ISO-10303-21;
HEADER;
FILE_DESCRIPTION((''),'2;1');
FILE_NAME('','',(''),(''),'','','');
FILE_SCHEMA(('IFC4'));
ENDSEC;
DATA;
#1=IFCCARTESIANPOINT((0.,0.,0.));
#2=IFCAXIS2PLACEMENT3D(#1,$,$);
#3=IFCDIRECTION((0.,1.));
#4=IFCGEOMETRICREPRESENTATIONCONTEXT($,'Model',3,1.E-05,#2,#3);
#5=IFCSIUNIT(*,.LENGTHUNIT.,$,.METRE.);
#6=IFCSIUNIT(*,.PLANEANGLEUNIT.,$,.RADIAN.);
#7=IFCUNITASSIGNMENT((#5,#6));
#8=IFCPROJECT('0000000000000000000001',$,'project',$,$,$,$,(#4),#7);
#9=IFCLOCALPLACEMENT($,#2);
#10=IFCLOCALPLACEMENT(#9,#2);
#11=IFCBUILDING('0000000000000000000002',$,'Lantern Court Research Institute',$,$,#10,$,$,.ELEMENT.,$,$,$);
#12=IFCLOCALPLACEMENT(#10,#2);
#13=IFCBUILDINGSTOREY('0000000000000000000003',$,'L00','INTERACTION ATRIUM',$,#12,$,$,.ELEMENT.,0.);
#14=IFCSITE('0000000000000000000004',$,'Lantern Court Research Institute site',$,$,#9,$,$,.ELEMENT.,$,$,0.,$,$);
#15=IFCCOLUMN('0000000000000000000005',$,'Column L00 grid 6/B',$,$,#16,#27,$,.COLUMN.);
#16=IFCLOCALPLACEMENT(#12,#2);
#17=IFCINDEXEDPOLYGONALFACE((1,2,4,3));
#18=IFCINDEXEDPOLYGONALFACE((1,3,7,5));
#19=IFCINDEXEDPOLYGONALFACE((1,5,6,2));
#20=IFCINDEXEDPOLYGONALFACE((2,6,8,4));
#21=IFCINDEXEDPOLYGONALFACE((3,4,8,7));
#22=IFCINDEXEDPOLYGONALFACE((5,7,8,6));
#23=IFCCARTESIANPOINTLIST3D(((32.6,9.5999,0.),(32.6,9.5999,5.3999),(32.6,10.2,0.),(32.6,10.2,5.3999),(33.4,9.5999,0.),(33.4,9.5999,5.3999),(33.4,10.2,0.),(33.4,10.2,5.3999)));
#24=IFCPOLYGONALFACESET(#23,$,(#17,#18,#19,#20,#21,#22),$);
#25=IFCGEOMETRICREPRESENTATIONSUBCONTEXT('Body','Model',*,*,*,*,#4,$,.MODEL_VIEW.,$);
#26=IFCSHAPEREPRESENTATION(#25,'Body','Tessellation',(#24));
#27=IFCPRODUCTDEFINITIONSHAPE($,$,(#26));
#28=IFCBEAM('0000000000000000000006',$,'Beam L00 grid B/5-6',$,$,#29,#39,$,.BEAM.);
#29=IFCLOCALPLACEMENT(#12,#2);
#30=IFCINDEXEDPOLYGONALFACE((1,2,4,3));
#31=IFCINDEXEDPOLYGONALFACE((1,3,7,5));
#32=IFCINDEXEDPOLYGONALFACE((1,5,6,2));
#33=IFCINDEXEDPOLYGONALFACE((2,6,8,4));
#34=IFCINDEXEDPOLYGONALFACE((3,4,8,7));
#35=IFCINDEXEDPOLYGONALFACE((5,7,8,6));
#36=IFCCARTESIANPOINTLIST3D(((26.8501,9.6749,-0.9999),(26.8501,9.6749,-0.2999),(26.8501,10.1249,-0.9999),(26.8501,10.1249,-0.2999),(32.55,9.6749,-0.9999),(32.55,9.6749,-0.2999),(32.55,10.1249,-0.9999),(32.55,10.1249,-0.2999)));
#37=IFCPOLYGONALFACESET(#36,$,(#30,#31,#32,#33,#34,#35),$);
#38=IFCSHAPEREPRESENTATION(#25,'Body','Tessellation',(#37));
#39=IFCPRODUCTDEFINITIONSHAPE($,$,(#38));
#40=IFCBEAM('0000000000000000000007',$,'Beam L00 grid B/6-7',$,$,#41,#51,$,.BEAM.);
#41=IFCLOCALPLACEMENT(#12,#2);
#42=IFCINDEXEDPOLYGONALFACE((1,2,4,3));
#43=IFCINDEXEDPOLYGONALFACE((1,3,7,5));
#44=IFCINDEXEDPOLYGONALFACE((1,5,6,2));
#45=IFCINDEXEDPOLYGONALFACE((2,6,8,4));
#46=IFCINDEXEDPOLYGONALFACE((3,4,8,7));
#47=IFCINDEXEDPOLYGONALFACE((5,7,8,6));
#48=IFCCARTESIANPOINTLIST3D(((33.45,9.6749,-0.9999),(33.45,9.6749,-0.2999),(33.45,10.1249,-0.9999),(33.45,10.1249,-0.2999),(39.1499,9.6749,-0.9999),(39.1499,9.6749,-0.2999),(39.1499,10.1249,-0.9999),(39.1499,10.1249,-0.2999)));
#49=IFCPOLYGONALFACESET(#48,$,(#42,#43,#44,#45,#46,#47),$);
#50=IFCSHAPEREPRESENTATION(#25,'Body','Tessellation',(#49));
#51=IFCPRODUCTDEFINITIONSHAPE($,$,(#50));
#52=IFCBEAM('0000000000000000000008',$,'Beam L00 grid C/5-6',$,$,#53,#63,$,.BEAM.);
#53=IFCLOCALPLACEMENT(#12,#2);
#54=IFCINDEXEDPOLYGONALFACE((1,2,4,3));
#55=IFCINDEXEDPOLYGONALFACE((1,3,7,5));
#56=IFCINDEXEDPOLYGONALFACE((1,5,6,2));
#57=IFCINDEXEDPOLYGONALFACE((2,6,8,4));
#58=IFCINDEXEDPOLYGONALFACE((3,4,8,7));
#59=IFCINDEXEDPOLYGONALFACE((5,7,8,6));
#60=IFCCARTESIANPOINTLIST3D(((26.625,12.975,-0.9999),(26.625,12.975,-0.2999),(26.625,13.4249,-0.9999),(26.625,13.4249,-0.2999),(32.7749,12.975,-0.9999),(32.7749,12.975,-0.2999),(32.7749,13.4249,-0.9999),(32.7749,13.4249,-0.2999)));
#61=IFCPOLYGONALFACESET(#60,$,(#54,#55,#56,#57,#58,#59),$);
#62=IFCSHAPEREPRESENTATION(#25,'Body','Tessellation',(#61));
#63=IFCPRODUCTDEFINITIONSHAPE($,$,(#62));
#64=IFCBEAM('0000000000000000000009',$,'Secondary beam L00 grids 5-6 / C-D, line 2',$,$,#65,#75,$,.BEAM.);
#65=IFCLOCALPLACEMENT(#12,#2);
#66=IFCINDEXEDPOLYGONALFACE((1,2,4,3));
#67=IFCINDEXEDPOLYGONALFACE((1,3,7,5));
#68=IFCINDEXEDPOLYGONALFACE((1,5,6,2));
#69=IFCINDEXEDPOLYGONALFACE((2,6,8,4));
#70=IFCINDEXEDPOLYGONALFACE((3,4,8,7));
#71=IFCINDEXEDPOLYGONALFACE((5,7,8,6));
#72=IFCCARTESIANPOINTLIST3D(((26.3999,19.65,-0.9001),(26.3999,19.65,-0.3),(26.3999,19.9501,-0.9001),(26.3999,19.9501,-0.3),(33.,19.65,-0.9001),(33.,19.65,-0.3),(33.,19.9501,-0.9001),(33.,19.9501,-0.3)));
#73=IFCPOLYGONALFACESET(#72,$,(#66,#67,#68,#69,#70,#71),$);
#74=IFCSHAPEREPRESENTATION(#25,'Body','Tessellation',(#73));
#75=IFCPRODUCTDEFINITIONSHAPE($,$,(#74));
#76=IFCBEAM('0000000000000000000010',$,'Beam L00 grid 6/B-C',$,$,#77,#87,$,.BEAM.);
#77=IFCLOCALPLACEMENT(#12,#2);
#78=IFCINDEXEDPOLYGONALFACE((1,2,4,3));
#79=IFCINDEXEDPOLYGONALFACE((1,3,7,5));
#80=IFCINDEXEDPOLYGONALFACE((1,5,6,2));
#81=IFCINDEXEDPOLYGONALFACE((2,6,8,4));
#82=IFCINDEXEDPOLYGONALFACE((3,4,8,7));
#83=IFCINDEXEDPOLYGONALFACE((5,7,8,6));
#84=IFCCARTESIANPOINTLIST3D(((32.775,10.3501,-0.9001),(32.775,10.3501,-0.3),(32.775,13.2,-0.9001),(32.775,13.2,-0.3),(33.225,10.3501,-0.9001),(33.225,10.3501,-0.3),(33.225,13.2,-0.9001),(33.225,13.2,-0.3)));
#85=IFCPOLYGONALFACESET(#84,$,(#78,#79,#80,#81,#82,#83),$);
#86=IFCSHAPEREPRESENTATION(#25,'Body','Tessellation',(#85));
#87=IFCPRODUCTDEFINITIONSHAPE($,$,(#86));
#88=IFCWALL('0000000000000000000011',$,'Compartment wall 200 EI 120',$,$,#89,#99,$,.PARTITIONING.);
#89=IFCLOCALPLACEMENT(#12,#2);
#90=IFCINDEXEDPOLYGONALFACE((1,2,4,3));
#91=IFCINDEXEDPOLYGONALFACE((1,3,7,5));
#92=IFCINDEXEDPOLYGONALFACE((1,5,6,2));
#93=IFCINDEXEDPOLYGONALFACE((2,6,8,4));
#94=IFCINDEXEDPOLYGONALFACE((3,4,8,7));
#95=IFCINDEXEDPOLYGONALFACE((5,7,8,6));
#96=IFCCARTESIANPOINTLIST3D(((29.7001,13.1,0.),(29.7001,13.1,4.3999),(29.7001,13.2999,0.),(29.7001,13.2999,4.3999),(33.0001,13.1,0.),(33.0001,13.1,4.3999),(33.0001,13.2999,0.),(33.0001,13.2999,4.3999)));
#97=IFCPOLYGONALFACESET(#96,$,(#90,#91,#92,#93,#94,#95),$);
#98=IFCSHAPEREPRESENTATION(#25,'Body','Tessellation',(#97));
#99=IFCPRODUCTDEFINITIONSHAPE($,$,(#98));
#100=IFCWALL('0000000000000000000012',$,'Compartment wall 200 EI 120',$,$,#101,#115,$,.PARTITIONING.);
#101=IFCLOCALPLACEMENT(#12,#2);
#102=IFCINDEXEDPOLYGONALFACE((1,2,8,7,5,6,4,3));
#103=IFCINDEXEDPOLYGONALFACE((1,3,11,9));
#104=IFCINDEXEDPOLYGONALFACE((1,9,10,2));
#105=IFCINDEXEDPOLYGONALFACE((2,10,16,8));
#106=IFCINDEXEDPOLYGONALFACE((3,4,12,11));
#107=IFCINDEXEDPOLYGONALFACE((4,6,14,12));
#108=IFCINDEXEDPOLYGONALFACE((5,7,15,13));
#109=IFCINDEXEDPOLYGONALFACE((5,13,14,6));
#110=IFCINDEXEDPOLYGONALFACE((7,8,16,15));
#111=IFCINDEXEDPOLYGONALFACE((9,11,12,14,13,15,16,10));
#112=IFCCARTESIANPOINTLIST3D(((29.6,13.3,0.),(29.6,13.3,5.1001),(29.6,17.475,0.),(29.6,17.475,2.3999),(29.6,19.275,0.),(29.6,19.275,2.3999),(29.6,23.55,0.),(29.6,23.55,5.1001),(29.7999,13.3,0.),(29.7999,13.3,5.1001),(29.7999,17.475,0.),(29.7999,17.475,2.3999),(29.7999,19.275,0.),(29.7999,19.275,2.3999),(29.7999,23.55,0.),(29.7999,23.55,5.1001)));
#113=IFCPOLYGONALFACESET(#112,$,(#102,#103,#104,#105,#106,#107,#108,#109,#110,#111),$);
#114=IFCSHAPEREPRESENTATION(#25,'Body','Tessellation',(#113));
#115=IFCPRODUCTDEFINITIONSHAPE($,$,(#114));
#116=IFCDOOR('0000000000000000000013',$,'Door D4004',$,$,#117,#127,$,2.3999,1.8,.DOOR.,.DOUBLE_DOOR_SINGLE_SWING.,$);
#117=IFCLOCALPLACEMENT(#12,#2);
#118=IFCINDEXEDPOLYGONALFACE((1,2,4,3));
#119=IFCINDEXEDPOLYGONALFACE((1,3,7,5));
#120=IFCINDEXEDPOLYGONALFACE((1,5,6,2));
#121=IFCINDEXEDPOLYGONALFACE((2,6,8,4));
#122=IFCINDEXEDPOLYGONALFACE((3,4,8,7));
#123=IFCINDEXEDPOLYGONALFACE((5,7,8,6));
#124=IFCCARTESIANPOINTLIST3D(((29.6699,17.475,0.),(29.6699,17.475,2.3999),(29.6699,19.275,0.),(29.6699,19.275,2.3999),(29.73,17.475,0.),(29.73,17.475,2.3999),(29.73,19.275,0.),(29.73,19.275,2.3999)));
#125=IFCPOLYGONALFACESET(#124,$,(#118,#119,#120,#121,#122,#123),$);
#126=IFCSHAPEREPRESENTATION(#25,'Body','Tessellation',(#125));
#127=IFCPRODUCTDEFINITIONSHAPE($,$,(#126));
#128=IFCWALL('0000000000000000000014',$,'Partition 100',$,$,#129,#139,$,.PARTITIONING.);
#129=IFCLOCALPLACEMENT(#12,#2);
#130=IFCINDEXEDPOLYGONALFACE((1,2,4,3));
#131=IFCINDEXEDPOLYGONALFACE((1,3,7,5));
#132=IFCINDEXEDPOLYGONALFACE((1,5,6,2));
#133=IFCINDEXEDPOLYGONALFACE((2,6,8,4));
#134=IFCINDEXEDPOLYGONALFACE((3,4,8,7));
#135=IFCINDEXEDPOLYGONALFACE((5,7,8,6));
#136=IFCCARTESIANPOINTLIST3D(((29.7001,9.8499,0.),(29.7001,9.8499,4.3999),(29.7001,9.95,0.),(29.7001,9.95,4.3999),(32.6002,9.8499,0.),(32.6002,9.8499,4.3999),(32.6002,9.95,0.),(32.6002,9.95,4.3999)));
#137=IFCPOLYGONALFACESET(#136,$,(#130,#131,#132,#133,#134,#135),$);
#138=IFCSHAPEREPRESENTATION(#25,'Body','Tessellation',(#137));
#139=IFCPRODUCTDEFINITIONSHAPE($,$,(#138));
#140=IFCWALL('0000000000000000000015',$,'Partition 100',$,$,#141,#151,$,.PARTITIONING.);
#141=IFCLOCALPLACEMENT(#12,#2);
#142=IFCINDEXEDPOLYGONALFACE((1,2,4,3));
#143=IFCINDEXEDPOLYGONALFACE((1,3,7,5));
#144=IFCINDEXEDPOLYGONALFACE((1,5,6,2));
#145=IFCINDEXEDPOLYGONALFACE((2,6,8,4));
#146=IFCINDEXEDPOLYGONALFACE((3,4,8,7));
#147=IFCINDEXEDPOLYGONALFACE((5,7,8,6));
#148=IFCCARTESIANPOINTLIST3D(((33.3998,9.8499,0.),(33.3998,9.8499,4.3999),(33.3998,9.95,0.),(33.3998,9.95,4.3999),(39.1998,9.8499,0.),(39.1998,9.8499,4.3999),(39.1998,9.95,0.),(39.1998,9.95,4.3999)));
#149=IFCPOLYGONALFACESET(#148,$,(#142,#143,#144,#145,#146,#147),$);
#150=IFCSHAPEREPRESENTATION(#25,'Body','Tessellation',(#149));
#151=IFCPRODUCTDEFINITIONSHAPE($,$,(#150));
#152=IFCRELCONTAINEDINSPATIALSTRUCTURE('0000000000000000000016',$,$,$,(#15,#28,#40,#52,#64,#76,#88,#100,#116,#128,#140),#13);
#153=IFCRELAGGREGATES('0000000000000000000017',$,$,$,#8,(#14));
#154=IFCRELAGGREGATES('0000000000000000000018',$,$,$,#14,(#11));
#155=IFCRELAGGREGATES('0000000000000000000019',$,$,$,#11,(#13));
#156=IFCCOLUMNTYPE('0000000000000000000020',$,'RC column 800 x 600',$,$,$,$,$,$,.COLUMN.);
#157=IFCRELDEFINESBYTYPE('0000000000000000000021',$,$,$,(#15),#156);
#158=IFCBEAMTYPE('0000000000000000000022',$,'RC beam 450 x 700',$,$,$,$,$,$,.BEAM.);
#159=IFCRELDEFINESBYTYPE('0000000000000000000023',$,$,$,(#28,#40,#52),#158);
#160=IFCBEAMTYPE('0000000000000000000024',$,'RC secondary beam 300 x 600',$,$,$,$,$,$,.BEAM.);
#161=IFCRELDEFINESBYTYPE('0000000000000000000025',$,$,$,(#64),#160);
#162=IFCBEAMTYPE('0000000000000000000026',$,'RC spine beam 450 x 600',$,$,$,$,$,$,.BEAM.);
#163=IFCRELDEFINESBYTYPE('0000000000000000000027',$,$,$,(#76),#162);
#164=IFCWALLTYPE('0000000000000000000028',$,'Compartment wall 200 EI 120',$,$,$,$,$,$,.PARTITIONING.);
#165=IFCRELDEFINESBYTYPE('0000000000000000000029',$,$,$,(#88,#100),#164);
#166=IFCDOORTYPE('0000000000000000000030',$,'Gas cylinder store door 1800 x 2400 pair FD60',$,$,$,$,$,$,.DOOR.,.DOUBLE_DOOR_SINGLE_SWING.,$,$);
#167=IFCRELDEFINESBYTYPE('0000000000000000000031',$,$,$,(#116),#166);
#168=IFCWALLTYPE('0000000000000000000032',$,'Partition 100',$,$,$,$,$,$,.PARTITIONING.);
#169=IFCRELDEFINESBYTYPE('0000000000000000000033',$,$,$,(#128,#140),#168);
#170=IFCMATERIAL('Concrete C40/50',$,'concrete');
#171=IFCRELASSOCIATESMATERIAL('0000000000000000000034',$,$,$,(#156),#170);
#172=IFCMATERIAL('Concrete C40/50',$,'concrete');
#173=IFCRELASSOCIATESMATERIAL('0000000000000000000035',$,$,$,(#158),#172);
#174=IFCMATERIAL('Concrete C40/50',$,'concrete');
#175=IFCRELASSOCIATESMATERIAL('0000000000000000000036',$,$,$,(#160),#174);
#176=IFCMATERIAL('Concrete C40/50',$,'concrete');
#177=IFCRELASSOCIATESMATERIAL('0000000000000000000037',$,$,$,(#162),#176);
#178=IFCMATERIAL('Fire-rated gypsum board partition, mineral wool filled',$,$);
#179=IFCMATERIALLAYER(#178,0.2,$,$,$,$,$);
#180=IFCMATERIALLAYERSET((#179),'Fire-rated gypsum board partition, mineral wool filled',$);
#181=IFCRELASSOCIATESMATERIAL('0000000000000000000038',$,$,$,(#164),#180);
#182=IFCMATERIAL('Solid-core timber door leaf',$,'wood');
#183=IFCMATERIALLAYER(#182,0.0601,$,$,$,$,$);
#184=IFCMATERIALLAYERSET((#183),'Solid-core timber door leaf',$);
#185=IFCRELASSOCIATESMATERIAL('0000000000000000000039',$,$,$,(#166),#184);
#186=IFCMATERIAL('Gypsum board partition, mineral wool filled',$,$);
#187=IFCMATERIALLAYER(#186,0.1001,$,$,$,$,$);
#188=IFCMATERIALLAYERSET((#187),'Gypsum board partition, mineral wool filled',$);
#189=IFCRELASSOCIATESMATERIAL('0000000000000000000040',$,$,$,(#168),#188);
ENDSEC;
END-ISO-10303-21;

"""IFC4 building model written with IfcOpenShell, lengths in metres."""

from ifc_helpers import new_model, si_unit, direction, frame, frame_2d, origin, origin_2d, place, context, subcontext, project, spatial, rectangle, extrude, material, layer, layer_set, material_profile, profile_set, type_object, element, fill, save


model = new_model("IFC4")

# Units and contexts
model_context = context("Model", 3, precision=1e-05, world=origin(), true_north=direction((0.0, 1.0)))
body_context = subcontext(model_context, "Body", "Model", "MODEL_VIEW")
ifc_project = project(units=[si_unit("LENGTHUNIT", "METRE"), si_unit("PLANEANGLEUNIT", "RADIAN")], contexts=[model_context])

# Site, building, storey
site_placement = place(None, origin())
site = spatial("IfcSite", under=ifc_project, at=site_placement, Name="Lantern Court Research Institute site", CompositionType="ELEMENT", RefElevation=0.0)
building_placement = place(site_placement, origin())
building = spatial("IfcBuilding", under=site, at=building_placement, Name="Lantern Court Research Institute", CompositionType="ELEMENT")
storey_placement = place(building_placement, origin())
storey = spatial("IfcBuildingStorey", under=building, at=storey_placement, Name="L00", Description="INTERACTION ATRIUM", CompositionType="ELEMENT", Elevation=0.0)

# Column
ifc_material_1 = material(Name="Concrete C40/50", Category="concrete")
ifc_material_profile_1 = material_profile(ifc_material_1, rectangle(XDim=0.8, YDim=0.6001, at=origin_2d()), Name="RC column 800 x 600")
ifc_profile_set_1 = profile_set([ifc_material_profile_1], Name="Concrete C40/50")
column_type = type_object("IfcColumnType", Name="RC column 800 x 600", PredefinedType="COLUMN", material=ifc_profile_set_1)
column_placement = place(storey_placement, frame((33.0, 9.8999, 0.0), z_axis=(0.0, 0.0, 1.0), x_axis=(1.0, 0.0, 0.0)))
element("IfcColumn", 1, at=column_placement, inside=storey, type_object=column_type, Name="Column L00 grid 6/B", PredefinedType="COLUMN", context=body_context, shape_type="SweptSolid", body=[
    extrude(rectangle(XDim=0.8, YDim=0.6001, at=origin_2d()), origin(), (0.0, 0.0, 1.0), 5.3999),
])

# Beams
ifc_material_2 = material(Name="Concrete C40/50", Category="concrete")
ifc_material_profile_2 = material_profile(ifc_material_2, rectangle(XDim=0.45, YDim=0.7, at=origin_2d()), Name="RC beam 450 x 700")
ifc_profile_set_2 = profile_set([ifc_material_profile_2], Name="Concrete C40/50")
beam_type_1 = type_object("IfcBeamType", Name="RC beam 450 x 700", PredefinedType="BEAM", material=ifc_profile_set_2)
for number, where, z_axis, x_axis, name in (
    (2, (26.8501, 9.8999, -0.6499), (1.0, 0.0, 0.0), (0.0, 1.0, 0.0), "Beam L00 grid B/5-6"),
    (3, (33.45, 9.8999, -0.6499), (1.0, 0.0, 0.0), (0.0, 1.0, 0.0), "Beam L00 grid B/6-7"),
):
    element("IfcBeam", number, at=place(storey_placement, frame(where, z_axis=z_axis, x_axis=x_axis)), inside=storey, type_object=beam_type_1, Name=name, PredefinedType="BEAM", context=body_context, shape_type="SweptSolid", body=[
        extrude(rectangle(XDim=0.45, YDim=0.7, at=origin_2d()), origin(), (0.0, 0.0, 1.0), 5.7),
    ])
beam_1_placement = place(storey_placement, frame((26.625, 13.2, -0.6499), z_axis=(1.0, 0.0, 0.0), x_axis=(0.0, 1.0, 0.0)))
element("IfcBeam", 4, at=beam_1_placement, inside=storey, type_object=beam_type_1, Name="Beam L00 grid C/5-6", PredefinedType="BEAM", context=body_context, shape_type="SweptSolid", body=[
    extrude(rectangle(XDim=0.45, YDim=0.7, at=origin_2d()), origin(), (0.0, 0.0, 1.0), 6.1499),
])
ifc_material_3 = material(Name="Concrete C40/50", Category="concrete")
ifc_material_profile_3 = material_profile(ifc_material_3, rectangle(XDim=0.3, YDim=0.6001, at=origin_2d()), Name="RC beam 300 x 600")
ifc_profile_set_3 = profile_set([ifc_material_profile_3], Name="Concrete C40/50")
beam_type_2 = type_object("IfcBeamType", Name="RC secondary beam 300 x 600", PredefinedType="BEAM", material=ifc_profile_set_3)
beam_2_placement = place(storey_placement, frame((26.3999, 19.8, -0.6001), z_axis=(1.0, 0.0, 0.0), x_axis=(0.0, 1.0, 0.0)))
element("IfcBeam", 5, at=beam_2_placement, inside=storey, type_object=beam_type_2, Name="Secondary beam L00 grids 5-6 / C-D, line 2", PredefinedType="BEAM", context=body_context, shape_type="SweptSolid", body=[
    extrude(rectangle(XDim=0.3, YDim=0.6001, at=origin_2d()), origin(), (0.0, 0.0, 1.0), 6.6001),
])
ifc_material_4 = material(Name="Concrete C40/50", Category="concrete")
ifc_material_profile_4 = material_profile(ifc_material_4, rectangle(XDim=0.45, YDim=0.6001, at=origin_2d()), Name="RC beam 450 x 600")
ifc_profile_set_4 = profile_set([ifc_material_profile_4], Name="Concrete C40/50")
beam_type_3 = type_object("IfcBeamType", Name="RC spine beam 450 x 600", PredefinedType="BEAM", material=ifc_profile_set_4)
beam_3_placement = place(storey_placement, frame((33.0, 10.3501, -0.6001), z_axis=(0.0, 1.0, 0.0), x_axis=(-1.0, 0.0, 0.0)))
element("IfcBeam", 6, at=beam_3_placement, inside=storey, type_object=beam_type_3, Name="Beam L00 grid 6/B-C", PredefinedType="BEAM", context=body_context, shape_type="SweptSolid", body=[
    extrude(rectangle(XDim=0.45, YDim=0.6001, at=origin_2d()), origin(), (0.0, 0.0, 1.0), 2.8499),
])

# Wall
ifc_material_5 = material(Name="Fire-rated gypsum board partition, mineral wool filled")
ifc_layer_1 = layer(ifc_material_5, 0.2)
ifc_layer_set_1 = layer_set([ifc_layer_1], Name="Fire-rated gypsum board partition, mineral wool filled")
wall_type_1 = type_object("IfcWallType", Name="Compartment wall 200 EI 120", PredefinedType="PARTITIONING", material=ifc_layer_set_1)
wall_1_placement = place(storey_placement, frame((33.0, 13.2, 0.0), z_axis=(0.0, 0.0, 1.0), x_axis=(-1.0, 0.0, 0.0)))
element("IfcWall", 7, at=wall_1_placement, inside=storey, type_object=wall_type_1, Name="Compartment wall 200 EI 120", PredefinedType="PARTITIONING", context=body_context, shape_type="SweptSolid", body=[
    extrude(rectangle(XDim=3.3, YDim=0.2, at=frame_2d((1.6499, 0.0))), origin(), (0.0, 0.0, 1.0), 4.3999),
])

# Wall, opening, door
wall_2_placement = place(storey_placement, frame((29.7, 13.3, 0.0), z_axis=(0.0, 0.0, 1.0), x_axis=(0.0, 1.0, 0.0)))
wall_2 = element("IfcWall", 8, at=wall_2_placement, inside=storey, type_object=wall_type_1, Name="Compartment wall 200 EI 120", PredefinedType="PARTITIONING", context=body_context, shape_type="SweptSolid", body=[
    extrude(rectangle(XDim=10.25, YDim=0.2, at=frame_2d((5.125, 0.0))), origin(), (0.0, 0.0, 1.0), 5.1001),
])
opening_1_placement = place(wall_2_placement, frame((4.175, 0.0, 0.0)))
opening_1 = element("IfcOpeningElement", 9, at=opening_1_placement, cuts=wall_2, PredefinedType="OPENING", context=body_context, shape_type="SweptSolid", body=[
    extrude(rectangle(XDim=1.8, YDim=2.3999, at=frame_2d((0.8999, 1.2))), frame((0.0, 0.1099, 0.0), z_axis=(0.0, -1.0, 0.0), x_axis=(1.0, 0.0, 0.0)), (0.0, 0.0, 1.0), 0.22),
])
ifc_material_6 = material(Name="Solid-core timber door leaf", Category="wood")
ifc_layer_2 = layer(ifc_material_6, 0.0601)
ifc_layer_set_2 = layer_set([ifc_layer_2], Name="Solid-core timber door leaf")
door_type_1 = type_object("IfcDoorType", Name="Gas cylinder store door 1800 x 2400 pair FD60", OperationType="DOUBLE_DOOR_SINGLE_SWING", PredefinedType="DOOR", material=ifc_layer_set_2)
door_1_placement = place(opening_1_placement, origin())
door_1 = element("IfcDoor", 10, at=door_1_placement, inside=storey, type_object=door_type_1, Name="Door D4004", OperationType="DOUBLE_DOOR_SINGLE_SWING", OverallHeight=2.3999, OverallWidth=1.8, PredefinedType="DOOR", context=body_context, shape_type="SweptSolid", body=[
    extrude(rectangle(XDim=1.8, YDim=2.3999, at=frame_2d((0.8999, 1.2))), frame((0.0, 0.03, 0.0), z_axis=(0.0, -1.0, 0.0), x_axis=(1.0, 0.0, 0.0)), (0.0, 0.0, 1.0), 0.0601),
])
fill(opening_1, door_1)

# Walls
ifc_material_7 = material(Name="Gypsum board partition, mineral wool filled")
ifc_layer_3 = layer(ifc_material_7, 0.1001)
ifc_layer_set_3 = layer_set([ifc_layer_3], Name="Gypsum board partition, mineral wool filled")
wall_type_2 = type_object("IfcWallType", Name="Partition 100", PredefinedType="PARTITIONING", material=ifc_layer_set_3)
wall_3_placement = place(storey_placement, frame((29.7, 9.8999, 0.0), z_axis=(0.0, 0.0, 1.0), x_axis=(1.0, 0.0, 0.0)))
element("IfcWall", 11, at=wall_3_placement, inside=storey, type_object=wall_type_2, Name="Partition 100", PredefinedType="PARTITIONING", context=body_context, shape_type="SweptSolid", body=[
    extrude(rectangle(XDim=2.9001, YDim=0.1001, at=frame_2d((1.4502, 0.0))), origin(), (0.0, 0.0, 1.0), 4.3999),
])
wall_4_placement = place(storey_placement, frame((33.3999, 9.8999, 0.0), z_axis=(0.0, 0.0, 1.0), x_axis=(1.0, 0.0, 0.0)))
element("IfcWall", 12, at=wall_4_placement, inside=storey, type_object=wall_type_2, Name="Partition 100", PredefinedType="PARTITIONING", context=body_context, shape_type="SweptSolid", body=[
    extrude(rectangle(XDim=5.8, YDim=0.1001, at=frame_2d((2.8999, 0.0))), origin(), (0.0, 0.0, 1.0), 4.3999),
])

save(model, "model.ifc")
